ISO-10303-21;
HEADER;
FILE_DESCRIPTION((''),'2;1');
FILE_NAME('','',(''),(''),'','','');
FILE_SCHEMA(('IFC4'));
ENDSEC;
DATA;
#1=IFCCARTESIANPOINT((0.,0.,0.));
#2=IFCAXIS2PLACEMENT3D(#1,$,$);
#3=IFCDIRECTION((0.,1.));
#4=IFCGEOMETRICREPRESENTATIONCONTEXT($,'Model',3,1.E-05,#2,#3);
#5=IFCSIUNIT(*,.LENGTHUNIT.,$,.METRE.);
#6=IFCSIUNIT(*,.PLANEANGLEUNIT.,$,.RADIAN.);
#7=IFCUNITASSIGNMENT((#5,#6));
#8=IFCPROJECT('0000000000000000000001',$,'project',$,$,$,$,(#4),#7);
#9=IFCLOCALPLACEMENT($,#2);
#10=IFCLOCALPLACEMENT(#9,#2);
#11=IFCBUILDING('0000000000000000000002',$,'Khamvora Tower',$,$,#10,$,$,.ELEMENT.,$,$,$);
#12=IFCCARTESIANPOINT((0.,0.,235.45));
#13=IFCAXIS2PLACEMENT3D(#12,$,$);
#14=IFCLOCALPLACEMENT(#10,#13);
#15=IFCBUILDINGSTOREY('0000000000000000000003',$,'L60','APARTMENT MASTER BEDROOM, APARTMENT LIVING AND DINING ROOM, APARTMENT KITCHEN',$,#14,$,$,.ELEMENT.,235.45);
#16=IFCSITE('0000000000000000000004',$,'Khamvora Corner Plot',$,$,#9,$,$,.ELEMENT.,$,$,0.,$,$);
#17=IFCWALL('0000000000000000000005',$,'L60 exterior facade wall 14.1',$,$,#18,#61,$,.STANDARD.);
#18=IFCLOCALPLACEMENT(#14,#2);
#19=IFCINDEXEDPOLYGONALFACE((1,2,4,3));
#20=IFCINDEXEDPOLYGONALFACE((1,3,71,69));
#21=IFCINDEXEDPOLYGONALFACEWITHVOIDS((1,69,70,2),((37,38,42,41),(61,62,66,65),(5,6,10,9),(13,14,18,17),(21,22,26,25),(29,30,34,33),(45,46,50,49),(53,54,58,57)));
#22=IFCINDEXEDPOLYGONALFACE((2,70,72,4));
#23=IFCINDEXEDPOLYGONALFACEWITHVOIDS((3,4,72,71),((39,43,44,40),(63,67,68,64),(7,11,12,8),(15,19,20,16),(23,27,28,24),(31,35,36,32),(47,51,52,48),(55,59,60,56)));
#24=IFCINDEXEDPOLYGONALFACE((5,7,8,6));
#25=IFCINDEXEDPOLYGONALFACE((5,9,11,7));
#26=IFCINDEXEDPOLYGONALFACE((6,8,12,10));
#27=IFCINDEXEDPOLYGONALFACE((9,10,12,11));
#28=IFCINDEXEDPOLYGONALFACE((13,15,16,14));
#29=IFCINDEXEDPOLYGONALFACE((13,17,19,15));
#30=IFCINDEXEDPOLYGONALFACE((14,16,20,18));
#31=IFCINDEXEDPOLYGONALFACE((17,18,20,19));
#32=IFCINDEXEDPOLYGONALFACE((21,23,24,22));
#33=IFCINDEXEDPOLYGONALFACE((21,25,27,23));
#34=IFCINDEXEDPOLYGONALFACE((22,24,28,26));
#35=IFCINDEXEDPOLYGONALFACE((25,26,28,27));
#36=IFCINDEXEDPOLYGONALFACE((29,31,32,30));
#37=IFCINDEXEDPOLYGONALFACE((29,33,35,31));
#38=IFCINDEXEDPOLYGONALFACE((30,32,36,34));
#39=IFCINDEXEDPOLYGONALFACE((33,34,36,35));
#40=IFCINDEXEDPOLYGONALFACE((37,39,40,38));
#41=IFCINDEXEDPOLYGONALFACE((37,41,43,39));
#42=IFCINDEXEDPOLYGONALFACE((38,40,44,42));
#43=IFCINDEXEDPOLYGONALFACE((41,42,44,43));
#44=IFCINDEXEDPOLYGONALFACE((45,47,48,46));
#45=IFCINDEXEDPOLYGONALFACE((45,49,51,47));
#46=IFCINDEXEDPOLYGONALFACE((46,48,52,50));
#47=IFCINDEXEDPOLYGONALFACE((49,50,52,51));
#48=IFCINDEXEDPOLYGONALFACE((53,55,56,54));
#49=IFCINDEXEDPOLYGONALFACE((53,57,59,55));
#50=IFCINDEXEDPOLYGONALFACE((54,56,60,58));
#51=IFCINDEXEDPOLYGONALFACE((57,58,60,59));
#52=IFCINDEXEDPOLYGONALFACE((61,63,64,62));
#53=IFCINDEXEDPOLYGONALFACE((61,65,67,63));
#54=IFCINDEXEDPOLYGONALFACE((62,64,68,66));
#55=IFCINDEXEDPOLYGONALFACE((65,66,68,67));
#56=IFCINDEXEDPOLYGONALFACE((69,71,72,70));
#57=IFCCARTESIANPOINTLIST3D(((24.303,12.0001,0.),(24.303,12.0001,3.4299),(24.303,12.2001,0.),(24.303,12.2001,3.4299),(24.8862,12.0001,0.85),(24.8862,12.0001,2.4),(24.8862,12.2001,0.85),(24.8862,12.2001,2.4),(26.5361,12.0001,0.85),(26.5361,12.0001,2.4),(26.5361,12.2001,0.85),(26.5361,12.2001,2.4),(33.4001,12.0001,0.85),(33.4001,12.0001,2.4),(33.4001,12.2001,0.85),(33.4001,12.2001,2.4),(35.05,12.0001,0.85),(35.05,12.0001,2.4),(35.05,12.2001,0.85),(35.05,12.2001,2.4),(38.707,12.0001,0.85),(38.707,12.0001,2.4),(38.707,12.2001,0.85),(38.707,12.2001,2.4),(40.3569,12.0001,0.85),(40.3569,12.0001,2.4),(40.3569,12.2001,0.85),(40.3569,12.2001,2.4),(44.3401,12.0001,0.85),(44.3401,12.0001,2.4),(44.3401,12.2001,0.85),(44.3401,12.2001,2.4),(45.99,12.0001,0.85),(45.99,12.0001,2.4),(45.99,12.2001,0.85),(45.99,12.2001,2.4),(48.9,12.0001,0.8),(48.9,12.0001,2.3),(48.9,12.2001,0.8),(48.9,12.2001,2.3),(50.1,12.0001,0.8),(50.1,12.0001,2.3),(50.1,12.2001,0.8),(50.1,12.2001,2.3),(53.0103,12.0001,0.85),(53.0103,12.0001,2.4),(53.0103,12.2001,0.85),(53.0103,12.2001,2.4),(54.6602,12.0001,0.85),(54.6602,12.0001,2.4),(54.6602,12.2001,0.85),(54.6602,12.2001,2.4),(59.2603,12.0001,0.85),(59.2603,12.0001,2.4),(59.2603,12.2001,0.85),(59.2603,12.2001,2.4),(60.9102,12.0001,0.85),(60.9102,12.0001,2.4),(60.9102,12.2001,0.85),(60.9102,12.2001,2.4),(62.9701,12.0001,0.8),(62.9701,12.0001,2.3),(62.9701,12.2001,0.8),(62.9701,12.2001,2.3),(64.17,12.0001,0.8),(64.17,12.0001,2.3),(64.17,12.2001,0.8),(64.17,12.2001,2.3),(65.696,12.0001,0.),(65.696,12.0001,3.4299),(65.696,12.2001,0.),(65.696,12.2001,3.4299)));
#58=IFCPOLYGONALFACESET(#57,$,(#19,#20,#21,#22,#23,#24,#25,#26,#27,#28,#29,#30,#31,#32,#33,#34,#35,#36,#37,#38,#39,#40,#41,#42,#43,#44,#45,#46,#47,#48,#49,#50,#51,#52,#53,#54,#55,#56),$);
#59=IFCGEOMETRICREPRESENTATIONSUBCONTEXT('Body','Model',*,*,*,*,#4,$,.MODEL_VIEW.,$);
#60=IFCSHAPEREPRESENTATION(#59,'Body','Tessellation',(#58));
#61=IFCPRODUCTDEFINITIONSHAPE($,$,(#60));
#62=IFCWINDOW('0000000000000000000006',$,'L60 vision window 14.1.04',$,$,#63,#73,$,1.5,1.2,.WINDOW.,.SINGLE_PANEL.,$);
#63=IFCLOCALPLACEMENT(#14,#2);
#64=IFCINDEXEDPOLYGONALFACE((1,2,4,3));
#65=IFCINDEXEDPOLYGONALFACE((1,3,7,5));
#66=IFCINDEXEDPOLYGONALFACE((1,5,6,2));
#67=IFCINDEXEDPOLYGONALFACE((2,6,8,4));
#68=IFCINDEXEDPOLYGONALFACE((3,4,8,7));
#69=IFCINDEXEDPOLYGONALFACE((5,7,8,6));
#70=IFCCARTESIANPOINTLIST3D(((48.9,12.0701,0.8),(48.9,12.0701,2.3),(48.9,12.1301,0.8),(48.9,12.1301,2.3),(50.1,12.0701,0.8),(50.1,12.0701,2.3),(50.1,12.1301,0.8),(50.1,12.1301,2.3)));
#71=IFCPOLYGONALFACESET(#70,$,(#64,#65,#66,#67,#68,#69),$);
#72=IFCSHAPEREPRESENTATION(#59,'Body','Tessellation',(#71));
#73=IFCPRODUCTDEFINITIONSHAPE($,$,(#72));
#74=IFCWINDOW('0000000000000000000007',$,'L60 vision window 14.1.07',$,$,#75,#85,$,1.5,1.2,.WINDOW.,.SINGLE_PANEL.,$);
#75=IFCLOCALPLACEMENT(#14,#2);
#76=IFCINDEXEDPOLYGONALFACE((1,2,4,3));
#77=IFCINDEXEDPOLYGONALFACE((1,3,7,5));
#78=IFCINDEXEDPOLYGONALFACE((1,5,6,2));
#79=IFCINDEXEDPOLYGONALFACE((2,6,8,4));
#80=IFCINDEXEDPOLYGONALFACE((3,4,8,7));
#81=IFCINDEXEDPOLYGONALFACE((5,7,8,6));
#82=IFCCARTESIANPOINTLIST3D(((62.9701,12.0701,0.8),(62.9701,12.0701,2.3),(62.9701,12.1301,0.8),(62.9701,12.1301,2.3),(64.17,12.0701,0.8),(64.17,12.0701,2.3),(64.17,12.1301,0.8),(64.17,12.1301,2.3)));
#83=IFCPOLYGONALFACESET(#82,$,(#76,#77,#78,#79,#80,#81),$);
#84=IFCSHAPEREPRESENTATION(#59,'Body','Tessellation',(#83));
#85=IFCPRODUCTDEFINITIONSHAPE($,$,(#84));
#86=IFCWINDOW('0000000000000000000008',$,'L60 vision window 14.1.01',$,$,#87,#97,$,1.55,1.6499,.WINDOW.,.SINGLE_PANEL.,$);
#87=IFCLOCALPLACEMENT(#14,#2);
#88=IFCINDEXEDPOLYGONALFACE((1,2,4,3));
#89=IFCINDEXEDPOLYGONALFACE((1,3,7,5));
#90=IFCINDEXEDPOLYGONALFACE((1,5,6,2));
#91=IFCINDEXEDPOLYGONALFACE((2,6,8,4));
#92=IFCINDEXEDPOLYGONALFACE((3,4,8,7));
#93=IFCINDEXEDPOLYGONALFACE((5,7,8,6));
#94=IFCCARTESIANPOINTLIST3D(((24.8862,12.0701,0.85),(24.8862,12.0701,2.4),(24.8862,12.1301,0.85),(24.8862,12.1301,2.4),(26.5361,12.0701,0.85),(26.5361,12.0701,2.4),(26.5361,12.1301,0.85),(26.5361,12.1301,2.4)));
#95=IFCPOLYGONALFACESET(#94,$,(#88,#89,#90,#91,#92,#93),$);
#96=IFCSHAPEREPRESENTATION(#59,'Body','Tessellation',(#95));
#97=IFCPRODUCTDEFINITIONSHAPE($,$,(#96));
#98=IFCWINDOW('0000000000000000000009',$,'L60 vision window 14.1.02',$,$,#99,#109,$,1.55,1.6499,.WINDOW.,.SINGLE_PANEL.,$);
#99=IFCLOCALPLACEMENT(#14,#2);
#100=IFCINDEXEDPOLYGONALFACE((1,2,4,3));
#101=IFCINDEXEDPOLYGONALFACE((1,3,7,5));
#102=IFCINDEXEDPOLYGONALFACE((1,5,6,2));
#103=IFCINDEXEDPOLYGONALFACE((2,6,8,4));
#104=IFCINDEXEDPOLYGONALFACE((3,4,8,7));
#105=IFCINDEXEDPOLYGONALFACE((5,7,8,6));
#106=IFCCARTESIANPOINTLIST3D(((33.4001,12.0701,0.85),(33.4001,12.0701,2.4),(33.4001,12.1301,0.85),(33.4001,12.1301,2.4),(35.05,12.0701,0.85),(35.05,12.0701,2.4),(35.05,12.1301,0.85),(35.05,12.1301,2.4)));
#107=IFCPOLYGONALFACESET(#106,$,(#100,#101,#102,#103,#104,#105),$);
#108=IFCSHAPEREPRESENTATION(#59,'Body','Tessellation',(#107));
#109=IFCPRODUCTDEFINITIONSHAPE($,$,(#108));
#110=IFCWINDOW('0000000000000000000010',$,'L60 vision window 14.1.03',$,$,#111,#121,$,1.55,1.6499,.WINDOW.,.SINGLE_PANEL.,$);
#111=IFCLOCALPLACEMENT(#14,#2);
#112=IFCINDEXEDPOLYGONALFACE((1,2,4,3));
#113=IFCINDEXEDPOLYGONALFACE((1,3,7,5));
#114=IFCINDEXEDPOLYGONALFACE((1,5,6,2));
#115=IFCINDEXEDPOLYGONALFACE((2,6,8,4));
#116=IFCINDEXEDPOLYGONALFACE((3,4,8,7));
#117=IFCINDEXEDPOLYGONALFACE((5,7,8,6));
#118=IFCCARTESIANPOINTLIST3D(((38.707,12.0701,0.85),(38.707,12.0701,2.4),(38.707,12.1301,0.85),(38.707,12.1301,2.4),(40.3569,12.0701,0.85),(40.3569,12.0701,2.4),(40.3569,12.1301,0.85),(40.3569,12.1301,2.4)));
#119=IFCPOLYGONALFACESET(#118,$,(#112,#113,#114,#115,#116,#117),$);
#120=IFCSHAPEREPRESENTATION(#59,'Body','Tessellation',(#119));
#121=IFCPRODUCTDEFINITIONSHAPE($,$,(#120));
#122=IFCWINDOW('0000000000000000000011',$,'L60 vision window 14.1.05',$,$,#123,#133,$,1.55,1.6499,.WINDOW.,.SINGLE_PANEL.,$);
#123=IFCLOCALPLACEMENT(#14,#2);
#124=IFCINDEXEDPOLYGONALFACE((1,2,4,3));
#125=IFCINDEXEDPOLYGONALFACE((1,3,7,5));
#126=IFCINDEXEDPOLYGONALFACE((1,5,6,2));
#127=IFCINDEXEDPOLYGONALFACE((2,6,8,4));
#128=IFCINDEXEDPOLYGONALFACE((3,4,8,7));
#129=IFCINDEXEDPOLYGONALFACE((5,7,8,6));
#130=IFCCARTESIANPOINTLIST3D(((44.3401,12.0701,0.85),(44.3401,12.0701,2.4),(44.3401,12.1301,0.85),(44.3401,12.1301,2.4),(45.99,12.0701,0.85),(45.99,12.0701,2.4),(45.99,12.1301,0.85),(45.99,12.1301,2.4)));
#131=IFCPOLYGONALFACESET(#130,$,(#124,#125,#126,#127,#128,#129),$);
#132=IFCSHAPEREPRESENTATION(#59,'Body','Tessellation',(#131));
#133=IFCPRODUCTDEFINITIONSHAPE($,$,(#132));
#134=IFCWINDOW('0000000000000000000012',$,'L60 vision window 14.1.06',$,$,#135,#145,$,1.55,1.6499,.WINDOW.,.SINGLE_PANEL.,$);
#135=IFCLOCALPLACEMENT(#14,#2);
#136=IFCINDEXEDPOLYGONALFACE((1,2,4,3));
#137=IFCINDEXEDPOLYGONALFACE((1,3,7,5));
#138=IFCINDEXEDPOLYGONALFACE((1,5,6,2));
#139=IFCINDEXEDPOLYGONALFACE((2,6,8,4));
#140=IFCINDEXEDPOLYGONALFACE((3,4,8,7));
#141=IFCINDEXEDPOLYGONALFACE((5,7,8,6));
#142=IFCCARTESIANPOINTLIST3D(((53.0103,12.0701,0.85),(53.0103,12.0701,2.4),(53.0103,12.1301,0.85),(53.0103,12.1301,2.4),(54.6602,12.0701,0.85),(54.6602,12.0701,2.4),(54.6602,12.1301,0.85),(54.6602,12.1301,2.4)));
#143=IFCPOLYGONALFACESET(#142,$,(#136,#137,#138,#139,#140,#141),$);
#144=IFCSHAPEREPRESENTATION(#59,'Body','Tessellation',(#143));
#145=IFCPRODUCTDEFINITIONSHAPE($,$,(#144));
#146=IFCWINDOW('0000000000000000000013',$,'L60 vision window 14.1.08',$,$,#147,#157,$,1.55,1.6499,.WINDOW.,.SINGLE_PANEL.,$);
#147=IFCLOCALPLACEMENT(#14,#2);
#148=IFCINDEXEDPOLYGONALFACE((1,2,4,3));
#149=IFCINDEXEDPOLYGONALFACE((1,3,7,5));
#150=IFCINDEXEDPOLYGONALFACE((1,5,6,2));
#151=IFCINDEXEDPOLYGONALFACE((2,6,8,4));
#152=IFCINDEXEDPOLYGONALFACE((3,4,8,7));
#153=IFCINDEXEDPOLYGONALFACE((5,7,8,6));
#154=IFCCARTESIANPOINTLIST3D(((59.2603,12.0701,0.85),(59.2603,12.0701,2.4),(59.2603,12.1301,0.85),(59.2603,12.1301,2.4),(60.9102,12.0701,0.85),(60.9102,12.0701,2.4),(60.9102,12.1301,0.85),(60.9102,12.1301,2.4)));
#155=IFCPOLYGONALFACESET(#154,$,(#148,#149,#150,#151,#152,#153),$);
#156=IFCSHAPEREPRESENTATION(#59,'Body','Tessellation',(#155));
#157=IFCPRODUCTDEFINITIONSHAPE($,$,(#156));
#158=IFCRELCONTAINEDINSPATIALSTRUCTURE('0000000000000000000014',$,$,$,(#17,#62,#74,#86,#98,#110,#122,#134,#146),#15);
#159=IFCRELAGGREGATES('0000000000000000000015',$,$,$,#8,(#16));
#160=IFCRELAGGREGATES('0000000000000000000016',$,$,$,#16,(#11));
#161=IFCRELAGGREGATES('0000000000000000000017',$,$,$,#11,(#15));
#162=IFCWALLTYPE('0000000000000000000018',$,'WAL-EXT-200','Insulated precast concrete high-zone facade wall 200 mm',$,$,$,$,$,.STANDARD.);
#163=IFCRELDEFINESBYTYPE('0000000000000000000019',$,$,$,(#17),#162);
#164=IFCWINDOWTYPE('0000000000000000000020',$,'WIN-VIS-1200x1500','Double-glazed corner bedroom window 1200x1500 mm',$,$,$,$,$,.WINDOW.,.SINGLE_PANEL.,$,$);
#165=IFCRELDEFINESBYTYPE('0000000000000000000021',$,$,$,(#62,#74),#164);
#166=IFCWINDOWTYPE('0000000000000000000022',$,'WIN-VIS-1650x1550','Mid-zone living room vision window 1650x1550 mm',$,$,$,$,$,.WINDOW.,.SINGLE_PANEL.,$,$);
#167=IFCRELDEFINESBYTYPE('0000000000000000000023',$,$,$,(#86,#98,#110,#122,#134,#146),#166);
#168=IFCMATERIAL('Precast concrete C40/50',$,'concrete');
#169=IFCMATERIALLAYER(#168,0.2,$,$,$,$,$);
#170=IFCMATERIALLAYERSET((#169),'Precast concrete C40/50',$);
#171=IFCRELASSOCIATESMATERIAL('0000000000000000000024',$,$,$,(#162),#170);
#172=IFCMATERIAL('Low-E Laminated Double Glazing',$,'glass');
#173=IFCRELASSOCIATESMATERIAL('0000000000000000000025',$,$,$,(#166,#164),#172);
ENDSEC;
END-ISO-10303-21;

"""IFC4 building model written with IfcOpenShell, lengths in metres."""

from ifc_helpers import new_model, si_unit, direction, frame, frame_2d, origin, place, context, subcontext, project, spatial, rectangle, extrude, material, layer, layer_set, type_object, element, fill, save


model = new_model("IFC4")

# Units and contexts
model_context = context("Model", 3, precision=1e-05, world=origin(), true_north=direction((0.0, 1.0)))
body_context = subcontext(model_context, "Body", "Model", "MODEL_VIEW")
ifc_project = project(units=[si_unit("LENGTHUNIT", "METRE"), si_unit("PLANEANGLEUNIT", "RADIAN")], contexts=[model_context])

# Site, building, storey
site_placement = place(None, origin())
site = spatial("IfcSite", under=ifc_project, at=site_placement, Name="Khamvora Corner Plot", CompositionType="ELEMENT", RefElevation=0.0)
building_placement = place(site_placement, origin())
building = spatial("IfcBuilding", under=site, at=building_placement, Name="Khamvora Tower", CompositionType="ELEMENT")
storey_placement = place(building_placement, frame((0.0, 0.0, 235.45)))
storey = spatial("IfcBuildingStorey", under=building, at=storey_placement, Name="L60", Description="APARTMENT MASTER BEDROOM, APARTMENT LIVING AND DINING ROOM, APARTMENT KITCHEN", CompositionType="ELEMENT", Elevation=235.45)

# Shared definitions
ifc_material_1 = material(Name="Precast concrete C40/50", Category="concrete")
ifc_layer_1 = layer(ifc_material_1, 0.2)
ifc_layer_set_1 = layer_set([ifc_layer_1], Name="Precast concrete C40/50")
wall_type_1 = type_object("IfcWallType", Name="WAL-EXT-200", Description="Insulated precast concrete high-zone facade wall 200 mm", PredefinedType="STANDARD", material=ifc_layer_set_1)
ifc_material_2 = material(Name="Low-E Laminated Double Glazing", Category="glass")
window_type_1 = type_object("IfcWindowType", Name="WIN-VIS-1650x1550", Description="Mid-zone living room vision window 1650x1550 mm", PartitioningType="SINGLE_PANEL", PredefinedType="WINDOW", material=ifc_material_2)

# Wall, openings, windows
wall_1_placement = place(storey_placement, frame((65.696, 12.1001, 0.0), z_axis=(0.0, 0.0, 1.0), x_axis=(-1.0, 0.0, 0.0)))
wall_1 = element("IfcWall", 1, at=wall_1_placement, inside=storey, type_object=wall_type_1, Name="L60 exterior facade wall 14.1", PredefinedType="STANDARD", context=body_context, shape_type="SweptSolid", body=[
    extrude(rectangle(XDim=41.3931, YDim=0.2, at=frame_2d((20.6965, 0.0))), origin(), (0.0, 0.0, 1.0), 3.4299),
])
opening_1_placement = place(wall_1_placement, frame((39.1599, 0.0, 0.8501)))
opening_1 = element("IfcOpeningElement", 2, at=opening_1_placement, cuts=wall_1, PredefinedType="OPENING", context=body_context, shape_type="SweptSolid", body=[
    extrude(rectangle(XDim=1.6499, YDim=1.55, at=frame_2d((0.825, 0.7749))), frame((0.0, 0.1099, 0.0), z_axis=(0.0, -1.0, 0.0), x_axis=(1.0, 0.0, 0.0)), (0.0, 0.0, 1.0), 0.22),
])
opening_2_placement = place(wall_1_placement, frame((30.646, 0.0, 0.8501)))
opening_2 = element("IfcOpeningElement", 3, at=opening_2_placement, cuts=wall_1, PredefinedType="OPENING", context=body_context, shape_type="SweptSolid", body=[
    extrude(rectangle(XDim=1.6499, YDim=1.55, at=frame_2d((0.825, 0.7749))), frame((0.0, 0.1099, 0.0), z_axis=(0.0, -1.0, 0.0), x_axis=(1.0, 0.0, 0.0)), (0.0, 0.0, 1.0), 0.22),
])
opening_3_placement = place(wall_1_placement, frame((25.3391, 0.0, 0.8501)))
opening_3 = element("IfcOpeningElement", 4, at=opening_3_placement, cuts=wall_1, PredefinedType="OPENING", context=body_context, shape_type="SweptSolid", body=[
    extrude(rectangle(XDim=1.6499, YDim=1.55, at=frame_2d((0.825, 0.7749))), frame((0.0, 0.1099, 0.0), z_axis=(0.0, -1.0, 0.0), x_axis=(1.0, 0.0, 0.0)), (0.0, 0.0, 1.0), 0.22),
])
opening_4_placement = place(wall_1_placement, frame((15.5959, 0.0, 0.8)))
opening_4 = element("IfcOpeningElement", 5, at=opening_4_placement, cuts=wall_1, PredefinedType="OPENING", context=body_context, shape_type="SweptSolid", body=[
    extrude(rectangle(XDim=1.2, YDim=1.5, at=frame_2d((0.6001, 0.75))), frame((0.0, 0.1099, 0.0), z_axis=(0.0, -1.0, 0.0), x_axis=(1.0, 0.0, 0.0)), (0.0, 0.0, 1.0), 0.22),
])
opening_5_placement = place(wall_1_placement, frame((19.7061, 0.0, 0.8501)))
opening_5 = element("IfcOpeningElement", 6, at=opening_5_placement, cuts=wall_1, PredefinedType="OPENING", context=body_context, shape_type="SweptSolid", body=[
    extrude(rectangle(XDim=1.6499, YDim=1.55, at=frame_2d((0.825, 0.7749))), frame((0.0, 0.1099, 0.0), z_axis=(0.0, -1.0, 0.0), x_axis=(1.0, 0.0, 0.0)), (0.0, 0.0, 1.0), 0.22),
])
opening_6_placement = place(wall_1_placement, frame((11.0359, 0.0, 0.8501)))
opening_6 = element("IfcOpeningElement", 7, at=opening_6_placement, cuts=wall_1, PredefinedType="OPENING", context=body_context, shape_type="SweptSolid", body=[
    extrude(rectangle(XDim=1.6499, YDim=1.55, at=frame_2d((0.825, 0.7749))), frame((0.0, 0.1099, 0.0), z_axis=(0.0, -1.0, 0.0), x_axis=(1.0, 0.0, 0.0)), (0.0, 0.0, 1.0), 0.22),
])
opening_7_placement = place(wall_1_placement, frame((1.5259, 0.0, 0.8)))
opening_7 = element("IfcOpeningElement", 8, at=opening_7_placement, cuts=wall_1, PredefinedType="OPENING", context=body_context, shape_type="SweptSolid", body=[
    extrude(rectangle(XDim=1.2, YDim=1.5, at=frame_2d((0.6001, 0.75))), frame((0.0, 0.1099, 0.0), z_axis=(0.0, -1.0, 0.0), x_axis=(1.0, 0.0, 0.0)), (0.0, 0.0, 1.0), 0.22),
])
opening_8_placement = place(wall_1_placement, frame((4.7859, 0.0, 0.8501)))
opening_8 = element("IfcOpeningElement", 9, at=opening_8_placement, cuts=wall_1, PredefinedType="OPENING", context=body_context, shape_type="SweptSolid", body=[
    extrude(rectangle(XDim=1.6499, YDim=1.55, at=frame_2d((0.825, 0.7749))), frame((0.0, 0.1099, 0.0), z_axis=(0.0, -1.0, 0.0), x_axis=(1.0, 0.0, 0.0)), (0.0, 0.0, 1.0), 0.22),
])
window_type_2 = type_object("IfcWindowType", Name="WIN-VIS-1200x1500", Description="Double-glazed corner bedroom window 1200x1500 mm", PartitioningType="SINGLE_PANEL", PredefinedType="WINDOW", material=ifc_material_2)
window_1_placement = place(opening_4_placement, origin())
window_1 = element("IfcWindow", 10, at=window_1_placement, inside=storey, type_object=window_type_2, Name="L60 vision window 14.1.04", OverallHeight=1.5, OverallWidth=1.2, PartitioningType="SINGLE_PANEL", PredefinedType="WINDOW", context=body_context, shape_type="SweptSolid", body=[
    extrude(rectangle(XDim=1.2, YDim=1.5, at=frame_2d((0.6001, 0.75))), frame((0.0, 0.03, 0.0), z_axis=(0.0, -1.0, 0.0), x_axis=(1.0, 0.0, 0.0)), (0.0, 0.0, 1.0), 0.0601),
])
fill(opening_4, window_1)
window_2_placement = place(opening_7_placement, origin())
window_2 = element("IfcWindow", 11, at=window_2_placement, inside=storey, type_object=window_type_2, Name="L60 vision window 14.1.07", OverallHeight=1.5, OverallWidth=1.2, PartitioningType="SINGLE_PANEL", PredefinedType="WINDOW", context=body_context, shape_type="SweptSolid", body=[
    extrude(rectangle(XDim=1.2, YDim=1.5, at=frame_2d((0.6001, 0.75))), frame((0.0, 0.03, 0.0), z_axis=(0.0, -1.0, 0.0), x_axis=(1.0, 0.0, 0.0)), (0.0, 0.0, 1.0), 0.0601),
])
fill(opening_7, window_2)
window_3_placement = place(opening_1_placement, origin())
window_3 = element("IfcWindow", 12, at=window_3_placement, inside=storey, type_object=window_type_1, Name="L60 vision window 14.1.01", OverallHeight=1.55, OverallWidth=1.6499, PartitioningType="SINGLE_PANEL", PredefinedType="WINDOW", context=body_context, shape_type="SweptSolid", body=[
    extrude(rectangle(XDim=1.6499, YDim=1.55, at=frame_2d((0.825, 0.7749))), frame((0.0, 0.03, 0.0), z_axis=(0.0, -1.0, 0.0), x_axis=(1.0, 0.0, 0.0)), (0.0, 0.0, 1.0), 0.0601),
])
fill(opening_1, window_3)
window_4_placement = place(opening_2_placement, origin())
window_4 = element("IfcWindow", 13, at=window_4_placement, inside=storey, type_object=window_type_1, Name="L60 vision window 14.1.02", OverallHeight=1.55, OverallWidth=1.6499, PartitioningType="SINGLE_PANEL", PredefinedType="WINDOW", context=body_context, shape_type="SweptSolid", body=[
    extrude(rectangle(XDim=1.6499, YDim=1.55, at=frame_2d((0.825, 0.7749))), frame((0.0, 0.03, 0.0), z_axis=(0.0, -1.0, 0.0), x_axis=(1.0, 0.0, 0.0)), (0.0, 0.0, 1.0), 0.0601),
])
fill(opening_2, window_4)
window_5_placement = place(opening_3_placement, origin())
window_5 = element("IfcWindow", 14, at=window_5_placement, inside=storey, type_object=window_type_1, Name="L60 vision window 14.1.03", OverallHeight=1.55, OverallWidth=1.6499, PartitioningType="SINGLE_PANEL", PredefinedType="WINDOW", context=body_context, shape_type="SweptSolid", body=[
    extrude(rectangle(XDim=1.6499, YDim=1.55, at=frame_2d((0.825, 0.7749))), frame((0.0, 0.03, 0.0), z_axis=(0.0, -1.0, 0.0), x_axis=(1.0, 0.0, 0.0)), (0.0, 0.0, 1.0), 0.0601),
])
fill(opening_3, window_5)
window_6_placement = place(opening_5_placement, origin())
window_6 = element("IfcWindow", 15, at=window_6_placement, inside=storey, type_object=window_type_1, Name="L60 vision window 14.1.05", OverallHeight=1.55, OverallWidth=1.6499, PartitioningType="SINGLE_PANEL", PredefinedType="WINDOW", context=body_context, shape_type="SweptSolid", body=[
    extrude(rectangle(XDim=1.6499, YDim=1.55, at=frame_2d((0.825, 0.7749))), frame((0.0, 0.03, 0.0), z_axis=(0.0, -1.0, 0.0), x_axis=(1.0, 0.0, 0.0)), (0.0, 0.0, 1.0), 0.0601),
])
fill(opening_5, window_6)
window_7_placement = place(opening_6_placement, origin())
window_7 = element("IfcWindow", 16, at=window_7_placement, inside=storey, type_object=window_type_1, Name="L60 vision window 14.1.06", OverallHeight=1.55, OverallWidth=1.6499, PartitioningType="SINGLE_PANEL", PredefinedType="WINDOW", context=body_context, shape_type="SweptSolid", body=[
    extrude(rectangle(XDim=1.6499, YDim=1.55, at=frame_2d((0.825, 0.7749))), frame((0.0, 0.03, 0.0), z_axis=(0.0, -1.0, 0.0), x_axis=(1.0, 0.0, 0.0)), (0.0, 0.0, 1.0), 0.0601),
])
fill(opening_6, window_7)
window_8_placement = place(opening_8_placement, origin())
window_8 = element("IfcWindow", 17, at=window_8_placement, inside=storey, type_object=window_type_1, Name="L60 vision window 14.1.08", OverallHeight=1.55, OverallWidth=1.6499, PartitioningType="SINGLE_PANEL", PredefinedType="WINDOW", context=body_context, shape_type="SweptSolid", body=[
    extrude(rectangle(XDim=1.6499, YDim=1.55, at=frame_2d((0.825, 0.7749))), frame((0.0, 0.03, 0.0), z_axis=(0.0, -1.0, 0.0), x_axis=(1.0, 0.0, 0.0)), (0.0, 0.0, 1.0), 0.0601),
])
fill(opening_8, window_8)

save(model, "model.ifc")
